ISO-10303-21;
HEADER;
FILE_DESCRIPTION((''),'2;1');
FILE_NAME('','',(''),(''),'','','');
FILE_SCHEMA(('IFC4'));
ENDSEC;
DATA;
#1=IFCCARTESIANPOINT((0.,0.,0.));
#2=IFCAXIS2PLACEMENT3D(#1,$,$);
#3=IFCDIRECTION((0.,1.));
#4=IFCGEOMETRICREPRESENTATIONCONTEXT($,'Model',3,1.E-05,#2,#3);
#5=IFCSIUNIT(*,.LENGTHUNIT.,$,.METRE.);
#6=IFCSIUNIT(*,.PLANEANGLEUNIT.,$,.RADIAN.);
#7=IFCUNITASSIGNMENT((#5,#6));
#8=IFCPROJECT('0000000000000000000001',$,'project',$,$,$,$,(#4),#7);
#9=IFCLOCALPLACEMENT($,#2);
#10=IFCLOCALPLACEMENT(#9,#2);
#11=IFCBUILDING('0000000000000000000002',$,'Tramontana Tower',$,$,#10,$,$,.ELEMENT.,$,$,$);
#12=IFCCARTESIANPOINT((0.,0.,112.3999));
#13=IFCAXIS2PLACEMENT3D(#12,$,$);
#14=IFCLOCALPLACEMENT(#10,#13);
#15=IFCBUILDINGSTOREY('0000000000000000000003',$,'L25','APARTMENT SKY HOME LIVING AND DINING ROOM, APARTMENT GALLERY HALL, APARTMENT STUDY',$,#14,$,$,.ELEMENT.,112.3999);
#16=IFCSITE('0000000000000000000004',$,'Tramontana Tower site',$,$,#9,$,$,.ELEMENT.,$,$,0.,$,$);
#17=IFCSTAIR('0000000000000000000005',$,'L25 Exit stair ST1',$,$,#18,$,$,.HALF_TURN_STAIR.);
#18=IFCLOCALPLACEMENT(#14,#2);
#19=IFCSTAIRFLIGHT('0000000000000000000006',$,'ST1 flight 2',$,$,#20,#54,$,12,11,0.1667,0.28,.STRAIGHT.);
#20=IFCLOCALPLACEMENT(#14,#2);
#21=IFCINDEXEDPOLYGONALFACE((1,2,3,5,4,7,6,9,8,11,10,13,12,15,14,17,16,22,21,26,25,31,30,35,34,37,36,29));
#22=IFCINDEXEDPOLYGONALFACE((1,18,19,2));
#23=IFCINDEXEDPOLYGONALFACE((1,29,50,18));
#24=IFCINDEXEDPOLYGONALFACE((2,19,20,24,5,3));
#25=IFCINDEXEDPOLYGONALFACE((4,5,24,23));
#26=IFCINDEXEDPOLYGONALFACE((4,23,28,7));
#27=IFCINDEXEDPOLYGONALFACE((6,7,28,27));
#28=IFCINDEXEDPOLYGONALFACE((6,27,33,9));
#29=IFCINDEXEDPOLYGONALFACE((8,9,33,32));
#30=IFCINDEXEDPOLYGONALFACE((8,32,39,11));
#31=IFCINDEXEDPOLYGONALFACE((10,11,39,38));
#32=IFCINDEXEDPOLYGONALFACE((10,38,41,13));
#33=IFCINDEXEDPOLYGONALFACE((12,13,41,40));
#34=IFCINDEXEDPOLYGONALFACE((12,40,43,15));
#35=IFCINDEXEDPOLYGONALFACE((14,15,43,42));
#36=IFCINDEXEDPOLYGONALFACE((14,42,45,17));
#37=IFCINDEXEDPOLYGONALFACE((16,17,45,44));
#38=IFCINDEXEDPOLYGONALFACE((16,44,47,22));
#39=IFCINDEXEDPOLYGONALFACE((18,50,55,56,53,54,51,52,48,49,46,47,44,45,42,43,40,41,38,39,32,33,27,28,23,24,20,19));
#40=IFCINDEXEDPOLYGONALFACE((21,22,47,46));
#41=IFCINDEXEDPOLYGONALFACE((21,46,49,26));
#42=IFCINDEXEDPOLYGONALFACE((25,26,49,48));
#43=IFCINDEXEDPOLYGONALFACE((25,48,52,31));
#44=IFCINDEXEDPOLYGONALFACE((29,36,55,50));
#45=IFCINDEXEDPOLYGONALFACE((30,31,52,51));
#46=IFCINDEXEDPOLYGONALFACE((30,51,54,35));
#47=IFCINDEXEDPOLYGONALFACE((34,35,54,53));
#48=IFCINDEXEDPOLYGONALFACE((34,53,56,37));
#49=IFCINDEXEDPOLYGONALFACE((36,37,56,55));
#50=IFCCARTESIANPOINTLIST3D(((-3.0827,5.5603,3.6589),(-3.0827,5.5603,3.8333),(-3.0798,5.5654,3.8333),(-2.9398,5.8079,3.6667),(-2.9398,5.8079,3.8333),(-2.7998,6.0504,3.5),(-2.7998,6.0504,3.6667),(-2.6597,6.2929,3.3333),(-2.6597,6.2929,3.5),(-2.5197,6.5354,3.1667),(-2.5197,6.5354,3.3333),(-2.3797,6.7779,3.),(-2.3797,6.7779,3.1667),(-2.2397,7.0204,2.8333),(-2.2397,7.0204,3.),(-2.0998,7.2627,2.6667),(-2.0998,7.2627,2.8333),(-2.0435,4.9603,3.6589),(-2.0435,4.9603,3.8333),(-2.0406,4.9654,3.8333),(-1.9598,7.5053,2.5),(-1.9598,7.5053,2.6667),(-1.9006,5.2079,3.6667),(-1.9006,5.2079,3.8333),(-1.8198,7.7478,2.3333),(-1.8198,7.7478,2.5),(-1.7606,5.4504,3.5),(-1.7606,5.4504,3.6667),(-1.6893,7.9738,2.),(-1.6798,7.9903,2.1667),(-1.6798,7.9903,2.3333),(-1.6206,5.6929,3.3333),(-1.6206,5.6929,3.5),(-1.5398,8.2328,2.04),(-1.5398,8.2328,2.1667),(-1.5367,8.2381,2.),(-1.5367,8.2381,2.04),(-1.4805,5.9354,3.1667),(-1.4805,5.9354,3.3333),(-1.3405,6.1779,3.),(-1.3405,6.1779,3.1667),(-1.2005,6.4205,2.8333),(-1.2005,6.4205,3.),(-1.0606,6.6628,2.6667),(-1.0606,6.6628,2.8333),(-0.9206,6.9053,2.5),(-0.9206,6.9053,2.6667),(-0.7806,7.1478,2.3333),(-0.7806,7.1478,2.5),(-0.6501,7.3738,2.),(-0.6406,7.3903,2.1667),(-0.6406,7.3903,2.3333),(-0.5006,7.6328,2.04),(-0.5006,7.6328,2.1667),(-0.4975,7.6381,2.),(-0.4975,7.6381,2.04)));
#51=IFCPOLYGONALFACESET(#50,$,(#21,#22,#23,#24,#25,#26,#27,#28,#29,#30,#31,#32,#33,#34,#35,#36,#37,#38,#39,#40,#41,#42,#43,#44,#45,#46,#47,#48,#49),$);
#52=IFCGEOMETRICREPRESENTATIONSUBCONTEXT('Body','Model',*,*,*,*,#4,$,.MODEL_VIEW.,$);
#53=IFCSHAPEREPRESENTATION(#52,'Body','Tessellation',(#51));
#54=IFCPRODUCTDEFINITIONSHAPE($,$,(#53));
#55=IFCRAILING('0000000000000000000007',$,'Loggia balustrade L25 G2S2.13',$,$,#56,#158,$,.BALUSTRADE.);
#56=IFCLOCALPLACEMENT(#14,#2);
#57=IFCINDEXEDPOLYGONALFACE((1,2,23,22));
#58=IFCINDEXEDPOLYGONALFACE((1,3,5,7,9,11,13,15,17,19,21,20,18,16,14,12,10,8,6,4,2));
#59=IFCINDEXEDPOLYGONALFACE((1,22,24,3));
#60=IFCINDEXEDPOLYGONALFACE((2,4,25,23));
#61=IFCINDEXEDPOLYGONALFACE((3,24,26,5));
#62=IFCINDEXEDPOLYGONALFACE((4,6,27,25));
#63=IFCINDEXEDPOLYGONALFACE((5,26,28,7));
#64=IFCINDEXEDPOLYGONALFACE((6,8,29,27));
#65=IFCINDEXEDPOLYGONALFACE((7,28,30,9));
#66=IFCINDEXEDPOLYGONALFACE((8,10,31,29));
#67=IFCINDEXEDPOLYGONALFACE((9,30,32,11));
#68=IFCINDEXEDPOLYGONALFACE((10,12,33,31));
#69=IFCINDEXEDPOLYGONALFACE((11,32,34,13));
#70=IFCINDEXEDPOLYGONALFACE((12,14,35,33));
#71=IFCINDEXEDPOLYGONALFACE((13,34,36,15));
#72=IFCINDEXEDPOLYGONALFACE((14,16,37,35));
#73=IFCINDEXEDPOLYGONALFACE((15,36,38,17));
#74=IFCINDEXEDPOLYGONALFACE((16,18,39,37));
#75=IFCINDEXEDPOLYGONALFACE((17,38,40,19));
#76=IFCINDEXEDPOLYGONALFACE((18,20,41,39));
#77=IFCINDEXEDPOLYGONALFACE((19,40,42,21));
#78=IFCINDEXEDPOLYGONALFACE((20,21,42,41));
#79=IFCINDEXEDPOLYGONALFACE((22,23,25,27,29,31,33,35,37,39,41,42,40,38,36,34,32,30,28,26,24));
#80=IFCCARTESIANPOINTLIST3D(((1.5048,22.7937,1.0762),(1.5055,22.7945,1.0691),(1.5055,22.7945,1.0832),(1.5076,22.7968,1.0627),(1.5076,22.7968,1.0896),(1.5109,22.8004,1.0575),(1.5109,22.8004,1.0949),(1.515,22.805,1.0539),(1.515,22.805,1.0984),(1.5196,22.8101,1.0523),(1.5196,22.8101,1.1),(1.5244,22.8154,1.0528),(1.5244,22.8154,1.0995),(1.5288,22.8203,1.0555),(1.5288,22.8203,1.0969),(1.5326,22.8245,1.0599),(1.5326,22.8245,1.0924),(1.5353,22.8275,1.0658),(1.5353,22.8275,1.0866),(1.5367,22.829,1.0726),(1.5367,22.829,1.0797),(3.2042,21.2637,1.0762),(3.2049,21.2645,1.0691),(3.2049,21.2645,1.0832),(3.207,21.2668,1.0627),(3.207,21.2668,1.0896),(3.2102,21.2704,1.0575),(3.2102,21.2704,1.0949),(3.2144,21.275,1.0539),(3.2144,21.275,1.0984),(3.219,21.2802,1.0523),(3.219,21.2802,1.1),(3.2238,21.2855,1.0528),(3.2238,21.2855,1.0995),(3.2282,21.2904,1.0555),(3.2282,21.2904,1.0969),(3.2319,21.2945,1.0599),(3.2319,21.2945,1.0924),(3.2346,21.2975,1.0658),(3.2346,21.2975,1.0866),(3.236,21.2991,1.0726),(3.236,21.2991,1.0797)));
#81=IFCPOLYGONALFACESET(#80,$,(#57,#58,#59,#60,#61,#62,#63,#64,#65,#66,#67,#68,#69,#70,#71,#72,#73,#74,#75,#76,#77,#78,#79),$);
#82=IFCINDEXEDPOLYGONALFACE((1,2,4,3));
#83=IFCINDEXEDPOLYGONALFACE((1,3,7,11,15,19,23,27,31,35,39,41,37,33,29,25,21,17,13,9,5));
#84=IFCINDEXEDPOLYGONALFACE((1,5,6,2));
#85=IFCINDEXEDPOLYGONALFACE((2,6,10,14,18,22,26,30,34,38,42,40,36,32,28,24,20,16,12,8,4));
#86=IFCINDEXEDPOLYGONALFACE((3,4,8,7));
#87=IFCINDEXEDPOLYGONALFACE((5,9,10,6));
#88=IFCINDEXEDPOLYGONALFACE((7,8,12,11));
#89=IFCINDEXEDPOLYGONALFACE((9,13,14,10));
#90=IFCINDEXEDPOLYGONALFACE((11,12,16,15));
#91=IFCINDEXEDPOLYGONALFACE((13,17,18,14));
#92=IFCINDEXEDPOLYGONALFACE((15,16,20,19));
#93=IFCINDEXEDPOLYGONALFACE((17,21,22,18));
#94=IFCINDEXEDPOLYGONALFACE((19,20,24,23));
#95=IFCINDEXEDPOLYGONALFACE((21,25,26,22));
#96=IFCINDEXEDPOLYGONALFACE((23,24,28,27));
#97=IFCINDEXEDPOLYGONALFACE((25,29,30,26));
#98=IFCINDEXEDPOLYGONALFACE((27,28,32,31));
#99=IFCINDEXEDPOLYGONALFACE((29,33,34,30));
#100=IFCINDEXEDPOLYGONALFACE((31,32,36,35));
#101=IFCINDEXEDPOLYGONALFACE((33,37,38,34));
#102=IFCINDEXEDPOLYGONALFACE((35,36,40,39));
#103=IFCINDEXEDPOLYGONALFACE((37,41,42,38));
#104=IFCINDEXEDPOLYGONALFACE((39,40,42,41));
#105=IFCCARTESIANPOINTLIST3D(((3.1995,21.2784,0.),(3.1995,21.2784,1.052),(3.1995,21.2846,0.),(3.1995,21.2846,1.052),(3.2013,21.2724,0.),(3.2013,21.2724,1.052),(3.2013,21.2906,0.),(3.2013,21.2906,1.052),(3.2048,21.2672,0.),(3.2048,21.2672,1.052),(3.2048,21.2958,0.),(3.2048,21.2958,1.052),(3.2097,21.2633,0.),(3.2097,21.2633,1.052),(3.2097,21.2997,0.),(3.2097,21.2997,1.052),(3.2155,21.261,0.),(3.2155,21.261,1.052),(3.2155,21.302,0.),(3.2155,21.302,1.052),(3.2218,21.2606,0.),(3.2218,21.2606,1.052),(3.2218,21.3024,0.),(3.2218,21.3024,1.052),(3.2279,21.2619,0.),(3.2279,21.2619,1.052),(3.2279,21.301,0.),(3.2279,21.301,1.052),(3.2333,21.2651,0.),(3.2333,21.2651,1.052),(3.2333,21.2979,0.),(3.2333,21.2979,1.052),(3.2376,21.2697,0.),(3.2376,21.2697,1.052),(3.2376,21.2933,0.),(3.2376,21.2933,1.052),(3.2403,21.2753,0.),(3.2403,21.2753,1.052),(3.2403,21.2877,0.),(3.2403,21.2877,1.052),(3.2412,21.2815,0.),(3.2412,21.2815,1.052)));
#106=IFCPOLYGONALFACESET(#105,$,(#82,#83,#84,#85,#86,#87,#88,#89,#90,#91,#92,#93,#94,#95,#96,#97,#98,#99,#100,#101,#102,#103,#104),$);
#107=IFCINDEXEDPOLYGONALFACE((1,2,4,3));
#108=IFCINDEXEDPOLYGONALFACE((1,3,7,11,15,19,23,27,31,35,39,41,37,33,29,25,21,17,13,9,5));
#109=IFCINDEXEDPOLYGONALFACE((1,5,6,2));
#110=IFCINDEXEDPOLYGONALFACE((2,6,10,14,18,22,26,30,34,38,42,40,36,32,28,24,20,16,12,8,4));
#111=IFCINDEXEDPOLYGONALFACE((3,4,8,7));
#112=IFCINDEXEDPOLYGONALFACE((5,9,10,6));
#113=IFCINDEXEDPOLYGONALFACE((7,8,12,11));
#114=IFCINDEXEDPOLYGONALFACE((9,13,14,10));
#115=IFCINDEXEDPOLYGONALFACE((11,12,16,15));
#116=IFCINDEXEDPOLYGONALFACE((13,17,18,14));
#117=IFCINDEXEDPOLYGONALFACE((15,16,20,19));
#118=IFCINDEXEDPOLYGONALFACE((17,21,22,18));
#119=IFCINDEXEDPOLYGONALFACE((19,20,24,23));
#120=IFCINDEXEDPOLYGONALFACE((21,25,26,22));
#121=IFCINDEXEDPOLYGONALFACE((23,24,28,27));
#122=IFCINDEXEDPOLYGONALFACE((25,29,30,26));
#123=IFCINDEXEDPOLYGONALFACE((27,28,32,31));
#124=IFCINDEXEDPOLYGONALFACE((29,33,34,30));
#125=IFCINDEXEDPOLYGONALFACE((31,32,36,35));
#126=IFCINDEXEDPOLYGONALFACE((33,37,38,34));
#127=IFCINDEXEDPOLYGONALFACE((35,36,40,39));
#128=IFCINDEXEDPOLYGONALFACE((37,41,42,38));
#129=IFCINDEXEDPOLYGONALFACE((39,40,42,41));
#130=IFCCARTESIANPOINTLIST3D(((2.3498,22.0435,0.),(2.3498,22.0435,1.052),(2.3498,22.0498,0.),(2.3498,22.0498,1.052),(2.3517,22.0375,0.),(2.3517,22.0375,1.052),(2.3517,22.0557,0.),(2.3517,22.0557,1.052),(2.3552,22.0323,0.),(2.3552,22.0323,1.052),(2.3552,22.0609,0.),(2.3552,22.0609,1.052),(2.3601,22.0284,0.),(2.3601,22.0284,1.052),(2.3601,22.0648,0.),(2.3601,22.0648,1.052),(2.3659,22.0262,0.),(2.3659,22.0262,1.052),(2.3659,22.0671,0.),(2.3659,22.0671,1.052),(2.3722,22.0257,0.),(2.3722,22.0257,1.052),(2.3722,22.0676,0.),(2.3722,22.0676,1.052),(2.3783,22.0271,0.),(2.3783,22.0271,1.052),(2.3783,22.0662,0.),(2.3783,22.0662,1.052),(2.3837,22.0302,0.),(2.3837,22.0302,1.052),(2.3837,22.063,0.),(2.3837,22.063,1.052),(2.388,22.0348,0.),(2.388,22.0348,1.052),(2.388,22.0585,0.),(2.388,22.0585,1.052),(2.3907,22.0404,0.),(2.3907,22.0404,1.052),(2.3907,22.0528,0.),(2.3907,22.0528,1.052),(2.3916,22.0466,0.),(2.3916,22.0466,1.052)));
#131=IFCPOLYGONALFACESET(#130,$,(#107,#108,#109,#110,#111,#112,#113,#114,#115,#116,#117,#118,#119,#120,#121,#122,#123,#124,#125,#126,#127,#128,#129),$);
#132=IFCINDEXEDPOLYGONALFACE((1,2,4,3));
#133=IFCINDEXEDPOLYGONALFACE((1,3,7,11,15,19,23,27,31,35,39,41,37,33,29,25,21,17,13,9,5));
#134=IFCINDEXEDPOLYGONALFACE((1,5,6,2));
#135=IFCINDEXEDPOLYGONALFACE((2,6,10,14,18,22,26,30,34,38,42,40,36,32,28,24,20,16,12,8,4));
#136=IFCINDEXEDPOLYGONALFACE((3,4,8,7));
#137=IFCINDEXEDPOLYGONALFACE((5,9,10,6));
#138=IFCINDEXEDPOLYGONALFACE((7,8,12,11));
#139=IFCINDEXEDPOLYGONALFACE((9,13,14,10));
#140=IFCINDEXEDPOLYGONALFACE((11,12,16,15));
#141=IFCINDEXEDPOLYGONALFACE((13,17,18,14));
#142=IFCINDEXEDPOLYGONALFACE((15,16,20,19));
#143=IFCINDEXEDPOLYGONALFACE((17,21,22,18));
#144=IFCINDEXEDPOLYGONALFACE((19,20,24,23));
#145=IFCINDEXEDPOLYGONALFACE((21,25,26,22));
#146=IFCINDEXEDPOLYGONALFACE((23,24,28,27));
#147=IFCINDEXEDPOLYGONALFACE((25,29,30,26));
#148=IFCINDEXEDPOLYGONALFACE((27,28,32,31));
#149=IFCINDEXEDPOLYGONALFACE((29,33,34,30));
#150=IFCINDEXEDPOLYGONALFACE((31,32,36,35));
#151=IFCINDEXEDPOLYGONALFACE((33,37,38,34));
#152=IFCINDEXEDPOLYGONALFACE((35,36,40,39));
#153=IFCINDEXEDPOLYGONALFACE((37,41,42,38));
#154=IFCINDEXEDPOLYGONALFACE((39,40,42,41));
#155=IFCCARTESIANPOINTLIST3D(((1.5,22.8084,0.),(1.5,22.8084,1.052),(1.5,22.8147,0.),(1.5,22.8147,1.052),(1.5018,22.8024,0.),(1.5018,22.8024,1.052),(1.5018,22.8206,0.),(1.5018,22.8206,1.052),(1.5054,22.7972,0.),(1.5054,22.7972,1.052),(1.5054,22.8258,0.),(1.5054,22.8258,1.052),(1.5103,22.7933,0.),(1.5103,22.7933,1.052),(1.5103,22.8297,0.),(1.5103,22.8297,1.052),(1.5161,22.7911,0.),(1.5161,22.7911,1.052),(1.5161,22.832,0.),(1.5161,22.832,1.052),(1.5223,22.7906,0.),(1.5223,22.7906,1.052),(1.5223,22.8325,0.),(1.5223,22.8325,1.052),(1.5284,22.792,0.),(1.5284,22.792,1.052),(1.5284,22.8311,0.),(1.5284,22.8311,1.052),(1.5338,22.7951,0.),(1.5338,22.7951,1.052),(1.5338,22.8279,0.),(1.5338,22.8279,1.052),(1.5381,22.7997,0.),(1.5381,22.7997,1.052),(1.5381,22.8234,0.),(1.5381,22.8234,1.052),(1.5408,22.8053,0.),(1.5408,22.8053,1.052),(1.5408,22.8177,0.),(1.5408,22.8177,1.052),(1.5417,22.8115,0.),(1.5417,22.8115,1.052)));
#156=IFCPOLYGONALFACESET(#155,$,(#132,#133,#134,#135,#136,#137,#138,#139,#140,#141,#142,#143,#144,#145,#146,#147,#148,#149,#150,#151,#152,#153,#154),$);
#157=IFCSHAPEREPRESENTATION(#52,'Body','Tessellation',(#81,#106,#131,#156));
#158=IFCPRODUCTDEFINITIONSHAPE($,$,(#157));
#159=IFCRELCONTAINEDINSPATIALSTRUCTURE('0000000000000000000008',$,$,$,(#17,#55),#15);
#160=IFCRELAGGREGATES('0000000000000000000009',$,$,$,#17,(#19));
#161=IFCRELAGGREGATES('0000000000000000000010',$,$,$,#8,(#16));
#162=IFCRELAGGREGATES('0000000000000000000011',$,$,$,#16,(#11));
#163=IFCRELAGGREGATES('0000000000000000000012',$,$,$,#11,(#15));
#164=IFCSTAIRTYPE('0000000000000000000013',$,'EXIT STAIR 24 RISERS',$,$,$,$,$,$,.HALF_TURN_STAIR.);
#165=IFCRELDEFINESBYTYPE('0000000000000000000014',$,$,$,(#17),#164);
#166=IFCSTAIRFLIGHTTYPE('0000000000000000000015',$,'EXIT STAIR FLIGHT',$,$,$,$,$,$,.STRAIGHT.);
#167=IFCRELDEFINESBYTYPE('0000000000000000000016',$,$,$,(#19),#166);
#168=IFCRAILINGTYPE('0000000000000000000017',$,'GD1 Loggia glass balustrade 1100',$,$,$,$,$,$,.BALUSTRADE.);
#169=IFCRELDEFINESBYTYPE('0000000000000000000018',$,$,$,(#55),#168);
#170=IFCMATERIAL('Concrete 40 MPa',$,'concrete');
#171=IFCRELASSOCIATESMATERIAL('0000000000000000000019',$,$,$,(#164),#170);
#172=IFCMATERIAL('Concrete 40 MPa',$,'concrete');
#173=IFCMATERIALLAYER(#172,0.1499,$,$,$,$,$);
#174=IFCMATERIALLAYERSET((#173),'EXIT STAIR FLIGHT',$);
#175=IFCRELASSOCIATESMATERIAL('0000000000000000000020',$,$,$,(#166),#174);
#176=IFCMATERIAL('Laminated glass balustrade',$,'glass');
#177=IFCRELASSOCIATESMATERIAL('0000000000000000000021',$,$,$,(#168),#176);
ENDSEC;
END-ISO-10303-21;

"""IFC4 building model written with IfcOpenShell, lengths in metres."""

from ifc_helpers import new_model, si_unit, direction, frame, origin, origin_2d, place, context, subcontext, project, spatial, polyline, circle, outline, extrude, material, layer, layer_set, type_object, element, aggregate, save


model = new_model("IFC4")

# Units and contexts
model_context = context("Model", 3, precision=1e-05, world=origin(), true_north=direction((0.0, 1.0)))
body_context = subcontext(model_context, "Body", "Model", "MODEL_VIEW")
ifc_project = project(units=[si_unit("LENGTHUNIT", "METRE"), si_unit("PLANEANGLEUNIT", "RADIAN")], contexts=[model_context])

# Site, building, storey
site_placement = place(None, origin())
site = spatial("IfcSite", under=ifc_project, at=site_placement, Name="Tramontana Tower site", CompositionType="ELEMENT", RefElevation=0.0)
building_placement = place(site_placement, origin())
building = spatial("IfcBuilding", under=site, at=building_placement, Name="Tramontana Tower", CompositionType="ELEMENT")
storey_placement = place(building_placement, frame((0.0, 0.0, 112.3999)))
storey = spatial("IfcBuildingStorey", under=building, at=storey_placement, Name="L25", Description="APARTMENT SKY HOME LIVING AND DINING ROOM, APARTMENT GALLERY HALL, APARTMENT STUDY", CompositionType="ELEMENT", Elevation=112.3999)

# Stair, stair flight
ifc_material_1 = material(Name="Concrete 40 MPa", Category="concrete")
stair_type = type_object("IfcStairType", Name="EXIT STAIR 24 RISERS", PredefinedType="HALF_TURN_STAIR", material=ifc_material_1)
stair_placement = place(storey_placement, origin())
stair = element("IfcStair", 1, at=stair_placement, inside=storey, type_object=stair_type, Name="L25 Exit stair ST1", PredefinedType="HALF_TURN_STAIR")
ifc_material_2 = material(Name="Concrete 40 MPa", Category="concrete")
ifc_layer_1 = layer(ifc_material_2, 0.1499)
ifc_layer_set_1 = layer_set([ifc_layer_1], Name="EXIT STAIR FLIGHT")
stair_flight_type = type_object("IfcStairFlightType", Name="EXIT STAIR FLIGHT", PredefinedType="STRAIGHT", material=ifc_layer_set_1)
stair_flight_placement = place(storey_placement, frame((-1.0203, 7.9329, 2.0), z_axis=(0.0, 0.0, 1.0), x_axis=(-0.5, -0.866025, 0.0)))
stair_flight = element("IfcStairFlight", 2, at=stair_flight_placement, type_object=stair_flight_type, Name="ST1 flight 2", NumberOfRisers=12, NumberOfTreads=11, PredefinedType="STRAIGHT", RiserHeight=0.1667, TreadLength=0.28, context=body_context, shape_type="SweptSolid", body=[
    extrude(outline(polyline([(-0.0061, 0.0), (-0.0061, 0.04), (0.0, 0.04), (0.0, 0.1667), (0.28, 0.1667), (0.28, 0.3333), (0.5601, 0.3333), (0.5601, 0.5), (0.8401, 0.5), (0.8401, 0.6667), (1.1201, 0.6667), (1.1201, 0.8333), (1.3999, 0.8333), (1.3999, 1.0), (1.6799, 1.0), (1.6799, 1.1667), (1.96, 1.1667), (1.96, 1.3333), (2.24, 1.3333), (2.24, 1.5), (2.52, 1.5), (2.52, 1.6667), (2.8, 1.6667), (2.8, 1.8333), (3.0801, 1.8333), (3.0859, 1.8333), (3.0859, 1.6589), (0.2991, 0.0), (-0.0061, 0.0)])), frame((0.0, 0.6001, 0.0), z_axis=(0.0, -1.0, 0.0), x_axis=(1.0, 0.0, 0.0)), (0.0, 0.0, 1.0), 1.2),
])
aggregate(stair, [stair_flight])

# Railing
ifc_material_3 = material(Name="Laminated glass balustrade", Category="glass")
railing_type_1 = type_object("IfcRailingType", Name="GD1 Loggia glass balustrade 1100", PredefinedType="BALUSTRADE", material=ifc_material_3)
railing_1_placement = place(storey_placement, frame((3.2202, 21.2815, 0.0)))
element("IfcRailing", 3, at=railing_1_placement, inside=storey, type_object=railing_type_1, Name="Loggia balustrade L25 G2S2.13", PredefinedType="BALUSTRADE", context=body_context, shape_type="SweptSolid", body=[
    extrude(circle(Radius=0.0239, at=origin_2d()), frame((0.0, 0.0, 1.0762), z_axis=(-0.743183, 0.669089, 0.0), x_axis=(-0.669089, -0.743183, 0.0)), (0.0, 0.0, 1.0), 2.2866),
    extrude(circle(Radius=0.021, at=origin_2d()), origin(), (0.0, 0.0, 1.0), 1.052),
    extrude(circle(Radius=0.021, at=origin_2d()), frame((-0.8496, 0.7651, 0.0)), (0.0, 0.0, 1.0), 1.052),
    extrude(circle(Radius=0.021, at=origin_2d()), frame((-1.6995, 1.53, 0.0)), (0.0, 0.0, 1.0), 1.052),
])

save(model, "model.ifc")
